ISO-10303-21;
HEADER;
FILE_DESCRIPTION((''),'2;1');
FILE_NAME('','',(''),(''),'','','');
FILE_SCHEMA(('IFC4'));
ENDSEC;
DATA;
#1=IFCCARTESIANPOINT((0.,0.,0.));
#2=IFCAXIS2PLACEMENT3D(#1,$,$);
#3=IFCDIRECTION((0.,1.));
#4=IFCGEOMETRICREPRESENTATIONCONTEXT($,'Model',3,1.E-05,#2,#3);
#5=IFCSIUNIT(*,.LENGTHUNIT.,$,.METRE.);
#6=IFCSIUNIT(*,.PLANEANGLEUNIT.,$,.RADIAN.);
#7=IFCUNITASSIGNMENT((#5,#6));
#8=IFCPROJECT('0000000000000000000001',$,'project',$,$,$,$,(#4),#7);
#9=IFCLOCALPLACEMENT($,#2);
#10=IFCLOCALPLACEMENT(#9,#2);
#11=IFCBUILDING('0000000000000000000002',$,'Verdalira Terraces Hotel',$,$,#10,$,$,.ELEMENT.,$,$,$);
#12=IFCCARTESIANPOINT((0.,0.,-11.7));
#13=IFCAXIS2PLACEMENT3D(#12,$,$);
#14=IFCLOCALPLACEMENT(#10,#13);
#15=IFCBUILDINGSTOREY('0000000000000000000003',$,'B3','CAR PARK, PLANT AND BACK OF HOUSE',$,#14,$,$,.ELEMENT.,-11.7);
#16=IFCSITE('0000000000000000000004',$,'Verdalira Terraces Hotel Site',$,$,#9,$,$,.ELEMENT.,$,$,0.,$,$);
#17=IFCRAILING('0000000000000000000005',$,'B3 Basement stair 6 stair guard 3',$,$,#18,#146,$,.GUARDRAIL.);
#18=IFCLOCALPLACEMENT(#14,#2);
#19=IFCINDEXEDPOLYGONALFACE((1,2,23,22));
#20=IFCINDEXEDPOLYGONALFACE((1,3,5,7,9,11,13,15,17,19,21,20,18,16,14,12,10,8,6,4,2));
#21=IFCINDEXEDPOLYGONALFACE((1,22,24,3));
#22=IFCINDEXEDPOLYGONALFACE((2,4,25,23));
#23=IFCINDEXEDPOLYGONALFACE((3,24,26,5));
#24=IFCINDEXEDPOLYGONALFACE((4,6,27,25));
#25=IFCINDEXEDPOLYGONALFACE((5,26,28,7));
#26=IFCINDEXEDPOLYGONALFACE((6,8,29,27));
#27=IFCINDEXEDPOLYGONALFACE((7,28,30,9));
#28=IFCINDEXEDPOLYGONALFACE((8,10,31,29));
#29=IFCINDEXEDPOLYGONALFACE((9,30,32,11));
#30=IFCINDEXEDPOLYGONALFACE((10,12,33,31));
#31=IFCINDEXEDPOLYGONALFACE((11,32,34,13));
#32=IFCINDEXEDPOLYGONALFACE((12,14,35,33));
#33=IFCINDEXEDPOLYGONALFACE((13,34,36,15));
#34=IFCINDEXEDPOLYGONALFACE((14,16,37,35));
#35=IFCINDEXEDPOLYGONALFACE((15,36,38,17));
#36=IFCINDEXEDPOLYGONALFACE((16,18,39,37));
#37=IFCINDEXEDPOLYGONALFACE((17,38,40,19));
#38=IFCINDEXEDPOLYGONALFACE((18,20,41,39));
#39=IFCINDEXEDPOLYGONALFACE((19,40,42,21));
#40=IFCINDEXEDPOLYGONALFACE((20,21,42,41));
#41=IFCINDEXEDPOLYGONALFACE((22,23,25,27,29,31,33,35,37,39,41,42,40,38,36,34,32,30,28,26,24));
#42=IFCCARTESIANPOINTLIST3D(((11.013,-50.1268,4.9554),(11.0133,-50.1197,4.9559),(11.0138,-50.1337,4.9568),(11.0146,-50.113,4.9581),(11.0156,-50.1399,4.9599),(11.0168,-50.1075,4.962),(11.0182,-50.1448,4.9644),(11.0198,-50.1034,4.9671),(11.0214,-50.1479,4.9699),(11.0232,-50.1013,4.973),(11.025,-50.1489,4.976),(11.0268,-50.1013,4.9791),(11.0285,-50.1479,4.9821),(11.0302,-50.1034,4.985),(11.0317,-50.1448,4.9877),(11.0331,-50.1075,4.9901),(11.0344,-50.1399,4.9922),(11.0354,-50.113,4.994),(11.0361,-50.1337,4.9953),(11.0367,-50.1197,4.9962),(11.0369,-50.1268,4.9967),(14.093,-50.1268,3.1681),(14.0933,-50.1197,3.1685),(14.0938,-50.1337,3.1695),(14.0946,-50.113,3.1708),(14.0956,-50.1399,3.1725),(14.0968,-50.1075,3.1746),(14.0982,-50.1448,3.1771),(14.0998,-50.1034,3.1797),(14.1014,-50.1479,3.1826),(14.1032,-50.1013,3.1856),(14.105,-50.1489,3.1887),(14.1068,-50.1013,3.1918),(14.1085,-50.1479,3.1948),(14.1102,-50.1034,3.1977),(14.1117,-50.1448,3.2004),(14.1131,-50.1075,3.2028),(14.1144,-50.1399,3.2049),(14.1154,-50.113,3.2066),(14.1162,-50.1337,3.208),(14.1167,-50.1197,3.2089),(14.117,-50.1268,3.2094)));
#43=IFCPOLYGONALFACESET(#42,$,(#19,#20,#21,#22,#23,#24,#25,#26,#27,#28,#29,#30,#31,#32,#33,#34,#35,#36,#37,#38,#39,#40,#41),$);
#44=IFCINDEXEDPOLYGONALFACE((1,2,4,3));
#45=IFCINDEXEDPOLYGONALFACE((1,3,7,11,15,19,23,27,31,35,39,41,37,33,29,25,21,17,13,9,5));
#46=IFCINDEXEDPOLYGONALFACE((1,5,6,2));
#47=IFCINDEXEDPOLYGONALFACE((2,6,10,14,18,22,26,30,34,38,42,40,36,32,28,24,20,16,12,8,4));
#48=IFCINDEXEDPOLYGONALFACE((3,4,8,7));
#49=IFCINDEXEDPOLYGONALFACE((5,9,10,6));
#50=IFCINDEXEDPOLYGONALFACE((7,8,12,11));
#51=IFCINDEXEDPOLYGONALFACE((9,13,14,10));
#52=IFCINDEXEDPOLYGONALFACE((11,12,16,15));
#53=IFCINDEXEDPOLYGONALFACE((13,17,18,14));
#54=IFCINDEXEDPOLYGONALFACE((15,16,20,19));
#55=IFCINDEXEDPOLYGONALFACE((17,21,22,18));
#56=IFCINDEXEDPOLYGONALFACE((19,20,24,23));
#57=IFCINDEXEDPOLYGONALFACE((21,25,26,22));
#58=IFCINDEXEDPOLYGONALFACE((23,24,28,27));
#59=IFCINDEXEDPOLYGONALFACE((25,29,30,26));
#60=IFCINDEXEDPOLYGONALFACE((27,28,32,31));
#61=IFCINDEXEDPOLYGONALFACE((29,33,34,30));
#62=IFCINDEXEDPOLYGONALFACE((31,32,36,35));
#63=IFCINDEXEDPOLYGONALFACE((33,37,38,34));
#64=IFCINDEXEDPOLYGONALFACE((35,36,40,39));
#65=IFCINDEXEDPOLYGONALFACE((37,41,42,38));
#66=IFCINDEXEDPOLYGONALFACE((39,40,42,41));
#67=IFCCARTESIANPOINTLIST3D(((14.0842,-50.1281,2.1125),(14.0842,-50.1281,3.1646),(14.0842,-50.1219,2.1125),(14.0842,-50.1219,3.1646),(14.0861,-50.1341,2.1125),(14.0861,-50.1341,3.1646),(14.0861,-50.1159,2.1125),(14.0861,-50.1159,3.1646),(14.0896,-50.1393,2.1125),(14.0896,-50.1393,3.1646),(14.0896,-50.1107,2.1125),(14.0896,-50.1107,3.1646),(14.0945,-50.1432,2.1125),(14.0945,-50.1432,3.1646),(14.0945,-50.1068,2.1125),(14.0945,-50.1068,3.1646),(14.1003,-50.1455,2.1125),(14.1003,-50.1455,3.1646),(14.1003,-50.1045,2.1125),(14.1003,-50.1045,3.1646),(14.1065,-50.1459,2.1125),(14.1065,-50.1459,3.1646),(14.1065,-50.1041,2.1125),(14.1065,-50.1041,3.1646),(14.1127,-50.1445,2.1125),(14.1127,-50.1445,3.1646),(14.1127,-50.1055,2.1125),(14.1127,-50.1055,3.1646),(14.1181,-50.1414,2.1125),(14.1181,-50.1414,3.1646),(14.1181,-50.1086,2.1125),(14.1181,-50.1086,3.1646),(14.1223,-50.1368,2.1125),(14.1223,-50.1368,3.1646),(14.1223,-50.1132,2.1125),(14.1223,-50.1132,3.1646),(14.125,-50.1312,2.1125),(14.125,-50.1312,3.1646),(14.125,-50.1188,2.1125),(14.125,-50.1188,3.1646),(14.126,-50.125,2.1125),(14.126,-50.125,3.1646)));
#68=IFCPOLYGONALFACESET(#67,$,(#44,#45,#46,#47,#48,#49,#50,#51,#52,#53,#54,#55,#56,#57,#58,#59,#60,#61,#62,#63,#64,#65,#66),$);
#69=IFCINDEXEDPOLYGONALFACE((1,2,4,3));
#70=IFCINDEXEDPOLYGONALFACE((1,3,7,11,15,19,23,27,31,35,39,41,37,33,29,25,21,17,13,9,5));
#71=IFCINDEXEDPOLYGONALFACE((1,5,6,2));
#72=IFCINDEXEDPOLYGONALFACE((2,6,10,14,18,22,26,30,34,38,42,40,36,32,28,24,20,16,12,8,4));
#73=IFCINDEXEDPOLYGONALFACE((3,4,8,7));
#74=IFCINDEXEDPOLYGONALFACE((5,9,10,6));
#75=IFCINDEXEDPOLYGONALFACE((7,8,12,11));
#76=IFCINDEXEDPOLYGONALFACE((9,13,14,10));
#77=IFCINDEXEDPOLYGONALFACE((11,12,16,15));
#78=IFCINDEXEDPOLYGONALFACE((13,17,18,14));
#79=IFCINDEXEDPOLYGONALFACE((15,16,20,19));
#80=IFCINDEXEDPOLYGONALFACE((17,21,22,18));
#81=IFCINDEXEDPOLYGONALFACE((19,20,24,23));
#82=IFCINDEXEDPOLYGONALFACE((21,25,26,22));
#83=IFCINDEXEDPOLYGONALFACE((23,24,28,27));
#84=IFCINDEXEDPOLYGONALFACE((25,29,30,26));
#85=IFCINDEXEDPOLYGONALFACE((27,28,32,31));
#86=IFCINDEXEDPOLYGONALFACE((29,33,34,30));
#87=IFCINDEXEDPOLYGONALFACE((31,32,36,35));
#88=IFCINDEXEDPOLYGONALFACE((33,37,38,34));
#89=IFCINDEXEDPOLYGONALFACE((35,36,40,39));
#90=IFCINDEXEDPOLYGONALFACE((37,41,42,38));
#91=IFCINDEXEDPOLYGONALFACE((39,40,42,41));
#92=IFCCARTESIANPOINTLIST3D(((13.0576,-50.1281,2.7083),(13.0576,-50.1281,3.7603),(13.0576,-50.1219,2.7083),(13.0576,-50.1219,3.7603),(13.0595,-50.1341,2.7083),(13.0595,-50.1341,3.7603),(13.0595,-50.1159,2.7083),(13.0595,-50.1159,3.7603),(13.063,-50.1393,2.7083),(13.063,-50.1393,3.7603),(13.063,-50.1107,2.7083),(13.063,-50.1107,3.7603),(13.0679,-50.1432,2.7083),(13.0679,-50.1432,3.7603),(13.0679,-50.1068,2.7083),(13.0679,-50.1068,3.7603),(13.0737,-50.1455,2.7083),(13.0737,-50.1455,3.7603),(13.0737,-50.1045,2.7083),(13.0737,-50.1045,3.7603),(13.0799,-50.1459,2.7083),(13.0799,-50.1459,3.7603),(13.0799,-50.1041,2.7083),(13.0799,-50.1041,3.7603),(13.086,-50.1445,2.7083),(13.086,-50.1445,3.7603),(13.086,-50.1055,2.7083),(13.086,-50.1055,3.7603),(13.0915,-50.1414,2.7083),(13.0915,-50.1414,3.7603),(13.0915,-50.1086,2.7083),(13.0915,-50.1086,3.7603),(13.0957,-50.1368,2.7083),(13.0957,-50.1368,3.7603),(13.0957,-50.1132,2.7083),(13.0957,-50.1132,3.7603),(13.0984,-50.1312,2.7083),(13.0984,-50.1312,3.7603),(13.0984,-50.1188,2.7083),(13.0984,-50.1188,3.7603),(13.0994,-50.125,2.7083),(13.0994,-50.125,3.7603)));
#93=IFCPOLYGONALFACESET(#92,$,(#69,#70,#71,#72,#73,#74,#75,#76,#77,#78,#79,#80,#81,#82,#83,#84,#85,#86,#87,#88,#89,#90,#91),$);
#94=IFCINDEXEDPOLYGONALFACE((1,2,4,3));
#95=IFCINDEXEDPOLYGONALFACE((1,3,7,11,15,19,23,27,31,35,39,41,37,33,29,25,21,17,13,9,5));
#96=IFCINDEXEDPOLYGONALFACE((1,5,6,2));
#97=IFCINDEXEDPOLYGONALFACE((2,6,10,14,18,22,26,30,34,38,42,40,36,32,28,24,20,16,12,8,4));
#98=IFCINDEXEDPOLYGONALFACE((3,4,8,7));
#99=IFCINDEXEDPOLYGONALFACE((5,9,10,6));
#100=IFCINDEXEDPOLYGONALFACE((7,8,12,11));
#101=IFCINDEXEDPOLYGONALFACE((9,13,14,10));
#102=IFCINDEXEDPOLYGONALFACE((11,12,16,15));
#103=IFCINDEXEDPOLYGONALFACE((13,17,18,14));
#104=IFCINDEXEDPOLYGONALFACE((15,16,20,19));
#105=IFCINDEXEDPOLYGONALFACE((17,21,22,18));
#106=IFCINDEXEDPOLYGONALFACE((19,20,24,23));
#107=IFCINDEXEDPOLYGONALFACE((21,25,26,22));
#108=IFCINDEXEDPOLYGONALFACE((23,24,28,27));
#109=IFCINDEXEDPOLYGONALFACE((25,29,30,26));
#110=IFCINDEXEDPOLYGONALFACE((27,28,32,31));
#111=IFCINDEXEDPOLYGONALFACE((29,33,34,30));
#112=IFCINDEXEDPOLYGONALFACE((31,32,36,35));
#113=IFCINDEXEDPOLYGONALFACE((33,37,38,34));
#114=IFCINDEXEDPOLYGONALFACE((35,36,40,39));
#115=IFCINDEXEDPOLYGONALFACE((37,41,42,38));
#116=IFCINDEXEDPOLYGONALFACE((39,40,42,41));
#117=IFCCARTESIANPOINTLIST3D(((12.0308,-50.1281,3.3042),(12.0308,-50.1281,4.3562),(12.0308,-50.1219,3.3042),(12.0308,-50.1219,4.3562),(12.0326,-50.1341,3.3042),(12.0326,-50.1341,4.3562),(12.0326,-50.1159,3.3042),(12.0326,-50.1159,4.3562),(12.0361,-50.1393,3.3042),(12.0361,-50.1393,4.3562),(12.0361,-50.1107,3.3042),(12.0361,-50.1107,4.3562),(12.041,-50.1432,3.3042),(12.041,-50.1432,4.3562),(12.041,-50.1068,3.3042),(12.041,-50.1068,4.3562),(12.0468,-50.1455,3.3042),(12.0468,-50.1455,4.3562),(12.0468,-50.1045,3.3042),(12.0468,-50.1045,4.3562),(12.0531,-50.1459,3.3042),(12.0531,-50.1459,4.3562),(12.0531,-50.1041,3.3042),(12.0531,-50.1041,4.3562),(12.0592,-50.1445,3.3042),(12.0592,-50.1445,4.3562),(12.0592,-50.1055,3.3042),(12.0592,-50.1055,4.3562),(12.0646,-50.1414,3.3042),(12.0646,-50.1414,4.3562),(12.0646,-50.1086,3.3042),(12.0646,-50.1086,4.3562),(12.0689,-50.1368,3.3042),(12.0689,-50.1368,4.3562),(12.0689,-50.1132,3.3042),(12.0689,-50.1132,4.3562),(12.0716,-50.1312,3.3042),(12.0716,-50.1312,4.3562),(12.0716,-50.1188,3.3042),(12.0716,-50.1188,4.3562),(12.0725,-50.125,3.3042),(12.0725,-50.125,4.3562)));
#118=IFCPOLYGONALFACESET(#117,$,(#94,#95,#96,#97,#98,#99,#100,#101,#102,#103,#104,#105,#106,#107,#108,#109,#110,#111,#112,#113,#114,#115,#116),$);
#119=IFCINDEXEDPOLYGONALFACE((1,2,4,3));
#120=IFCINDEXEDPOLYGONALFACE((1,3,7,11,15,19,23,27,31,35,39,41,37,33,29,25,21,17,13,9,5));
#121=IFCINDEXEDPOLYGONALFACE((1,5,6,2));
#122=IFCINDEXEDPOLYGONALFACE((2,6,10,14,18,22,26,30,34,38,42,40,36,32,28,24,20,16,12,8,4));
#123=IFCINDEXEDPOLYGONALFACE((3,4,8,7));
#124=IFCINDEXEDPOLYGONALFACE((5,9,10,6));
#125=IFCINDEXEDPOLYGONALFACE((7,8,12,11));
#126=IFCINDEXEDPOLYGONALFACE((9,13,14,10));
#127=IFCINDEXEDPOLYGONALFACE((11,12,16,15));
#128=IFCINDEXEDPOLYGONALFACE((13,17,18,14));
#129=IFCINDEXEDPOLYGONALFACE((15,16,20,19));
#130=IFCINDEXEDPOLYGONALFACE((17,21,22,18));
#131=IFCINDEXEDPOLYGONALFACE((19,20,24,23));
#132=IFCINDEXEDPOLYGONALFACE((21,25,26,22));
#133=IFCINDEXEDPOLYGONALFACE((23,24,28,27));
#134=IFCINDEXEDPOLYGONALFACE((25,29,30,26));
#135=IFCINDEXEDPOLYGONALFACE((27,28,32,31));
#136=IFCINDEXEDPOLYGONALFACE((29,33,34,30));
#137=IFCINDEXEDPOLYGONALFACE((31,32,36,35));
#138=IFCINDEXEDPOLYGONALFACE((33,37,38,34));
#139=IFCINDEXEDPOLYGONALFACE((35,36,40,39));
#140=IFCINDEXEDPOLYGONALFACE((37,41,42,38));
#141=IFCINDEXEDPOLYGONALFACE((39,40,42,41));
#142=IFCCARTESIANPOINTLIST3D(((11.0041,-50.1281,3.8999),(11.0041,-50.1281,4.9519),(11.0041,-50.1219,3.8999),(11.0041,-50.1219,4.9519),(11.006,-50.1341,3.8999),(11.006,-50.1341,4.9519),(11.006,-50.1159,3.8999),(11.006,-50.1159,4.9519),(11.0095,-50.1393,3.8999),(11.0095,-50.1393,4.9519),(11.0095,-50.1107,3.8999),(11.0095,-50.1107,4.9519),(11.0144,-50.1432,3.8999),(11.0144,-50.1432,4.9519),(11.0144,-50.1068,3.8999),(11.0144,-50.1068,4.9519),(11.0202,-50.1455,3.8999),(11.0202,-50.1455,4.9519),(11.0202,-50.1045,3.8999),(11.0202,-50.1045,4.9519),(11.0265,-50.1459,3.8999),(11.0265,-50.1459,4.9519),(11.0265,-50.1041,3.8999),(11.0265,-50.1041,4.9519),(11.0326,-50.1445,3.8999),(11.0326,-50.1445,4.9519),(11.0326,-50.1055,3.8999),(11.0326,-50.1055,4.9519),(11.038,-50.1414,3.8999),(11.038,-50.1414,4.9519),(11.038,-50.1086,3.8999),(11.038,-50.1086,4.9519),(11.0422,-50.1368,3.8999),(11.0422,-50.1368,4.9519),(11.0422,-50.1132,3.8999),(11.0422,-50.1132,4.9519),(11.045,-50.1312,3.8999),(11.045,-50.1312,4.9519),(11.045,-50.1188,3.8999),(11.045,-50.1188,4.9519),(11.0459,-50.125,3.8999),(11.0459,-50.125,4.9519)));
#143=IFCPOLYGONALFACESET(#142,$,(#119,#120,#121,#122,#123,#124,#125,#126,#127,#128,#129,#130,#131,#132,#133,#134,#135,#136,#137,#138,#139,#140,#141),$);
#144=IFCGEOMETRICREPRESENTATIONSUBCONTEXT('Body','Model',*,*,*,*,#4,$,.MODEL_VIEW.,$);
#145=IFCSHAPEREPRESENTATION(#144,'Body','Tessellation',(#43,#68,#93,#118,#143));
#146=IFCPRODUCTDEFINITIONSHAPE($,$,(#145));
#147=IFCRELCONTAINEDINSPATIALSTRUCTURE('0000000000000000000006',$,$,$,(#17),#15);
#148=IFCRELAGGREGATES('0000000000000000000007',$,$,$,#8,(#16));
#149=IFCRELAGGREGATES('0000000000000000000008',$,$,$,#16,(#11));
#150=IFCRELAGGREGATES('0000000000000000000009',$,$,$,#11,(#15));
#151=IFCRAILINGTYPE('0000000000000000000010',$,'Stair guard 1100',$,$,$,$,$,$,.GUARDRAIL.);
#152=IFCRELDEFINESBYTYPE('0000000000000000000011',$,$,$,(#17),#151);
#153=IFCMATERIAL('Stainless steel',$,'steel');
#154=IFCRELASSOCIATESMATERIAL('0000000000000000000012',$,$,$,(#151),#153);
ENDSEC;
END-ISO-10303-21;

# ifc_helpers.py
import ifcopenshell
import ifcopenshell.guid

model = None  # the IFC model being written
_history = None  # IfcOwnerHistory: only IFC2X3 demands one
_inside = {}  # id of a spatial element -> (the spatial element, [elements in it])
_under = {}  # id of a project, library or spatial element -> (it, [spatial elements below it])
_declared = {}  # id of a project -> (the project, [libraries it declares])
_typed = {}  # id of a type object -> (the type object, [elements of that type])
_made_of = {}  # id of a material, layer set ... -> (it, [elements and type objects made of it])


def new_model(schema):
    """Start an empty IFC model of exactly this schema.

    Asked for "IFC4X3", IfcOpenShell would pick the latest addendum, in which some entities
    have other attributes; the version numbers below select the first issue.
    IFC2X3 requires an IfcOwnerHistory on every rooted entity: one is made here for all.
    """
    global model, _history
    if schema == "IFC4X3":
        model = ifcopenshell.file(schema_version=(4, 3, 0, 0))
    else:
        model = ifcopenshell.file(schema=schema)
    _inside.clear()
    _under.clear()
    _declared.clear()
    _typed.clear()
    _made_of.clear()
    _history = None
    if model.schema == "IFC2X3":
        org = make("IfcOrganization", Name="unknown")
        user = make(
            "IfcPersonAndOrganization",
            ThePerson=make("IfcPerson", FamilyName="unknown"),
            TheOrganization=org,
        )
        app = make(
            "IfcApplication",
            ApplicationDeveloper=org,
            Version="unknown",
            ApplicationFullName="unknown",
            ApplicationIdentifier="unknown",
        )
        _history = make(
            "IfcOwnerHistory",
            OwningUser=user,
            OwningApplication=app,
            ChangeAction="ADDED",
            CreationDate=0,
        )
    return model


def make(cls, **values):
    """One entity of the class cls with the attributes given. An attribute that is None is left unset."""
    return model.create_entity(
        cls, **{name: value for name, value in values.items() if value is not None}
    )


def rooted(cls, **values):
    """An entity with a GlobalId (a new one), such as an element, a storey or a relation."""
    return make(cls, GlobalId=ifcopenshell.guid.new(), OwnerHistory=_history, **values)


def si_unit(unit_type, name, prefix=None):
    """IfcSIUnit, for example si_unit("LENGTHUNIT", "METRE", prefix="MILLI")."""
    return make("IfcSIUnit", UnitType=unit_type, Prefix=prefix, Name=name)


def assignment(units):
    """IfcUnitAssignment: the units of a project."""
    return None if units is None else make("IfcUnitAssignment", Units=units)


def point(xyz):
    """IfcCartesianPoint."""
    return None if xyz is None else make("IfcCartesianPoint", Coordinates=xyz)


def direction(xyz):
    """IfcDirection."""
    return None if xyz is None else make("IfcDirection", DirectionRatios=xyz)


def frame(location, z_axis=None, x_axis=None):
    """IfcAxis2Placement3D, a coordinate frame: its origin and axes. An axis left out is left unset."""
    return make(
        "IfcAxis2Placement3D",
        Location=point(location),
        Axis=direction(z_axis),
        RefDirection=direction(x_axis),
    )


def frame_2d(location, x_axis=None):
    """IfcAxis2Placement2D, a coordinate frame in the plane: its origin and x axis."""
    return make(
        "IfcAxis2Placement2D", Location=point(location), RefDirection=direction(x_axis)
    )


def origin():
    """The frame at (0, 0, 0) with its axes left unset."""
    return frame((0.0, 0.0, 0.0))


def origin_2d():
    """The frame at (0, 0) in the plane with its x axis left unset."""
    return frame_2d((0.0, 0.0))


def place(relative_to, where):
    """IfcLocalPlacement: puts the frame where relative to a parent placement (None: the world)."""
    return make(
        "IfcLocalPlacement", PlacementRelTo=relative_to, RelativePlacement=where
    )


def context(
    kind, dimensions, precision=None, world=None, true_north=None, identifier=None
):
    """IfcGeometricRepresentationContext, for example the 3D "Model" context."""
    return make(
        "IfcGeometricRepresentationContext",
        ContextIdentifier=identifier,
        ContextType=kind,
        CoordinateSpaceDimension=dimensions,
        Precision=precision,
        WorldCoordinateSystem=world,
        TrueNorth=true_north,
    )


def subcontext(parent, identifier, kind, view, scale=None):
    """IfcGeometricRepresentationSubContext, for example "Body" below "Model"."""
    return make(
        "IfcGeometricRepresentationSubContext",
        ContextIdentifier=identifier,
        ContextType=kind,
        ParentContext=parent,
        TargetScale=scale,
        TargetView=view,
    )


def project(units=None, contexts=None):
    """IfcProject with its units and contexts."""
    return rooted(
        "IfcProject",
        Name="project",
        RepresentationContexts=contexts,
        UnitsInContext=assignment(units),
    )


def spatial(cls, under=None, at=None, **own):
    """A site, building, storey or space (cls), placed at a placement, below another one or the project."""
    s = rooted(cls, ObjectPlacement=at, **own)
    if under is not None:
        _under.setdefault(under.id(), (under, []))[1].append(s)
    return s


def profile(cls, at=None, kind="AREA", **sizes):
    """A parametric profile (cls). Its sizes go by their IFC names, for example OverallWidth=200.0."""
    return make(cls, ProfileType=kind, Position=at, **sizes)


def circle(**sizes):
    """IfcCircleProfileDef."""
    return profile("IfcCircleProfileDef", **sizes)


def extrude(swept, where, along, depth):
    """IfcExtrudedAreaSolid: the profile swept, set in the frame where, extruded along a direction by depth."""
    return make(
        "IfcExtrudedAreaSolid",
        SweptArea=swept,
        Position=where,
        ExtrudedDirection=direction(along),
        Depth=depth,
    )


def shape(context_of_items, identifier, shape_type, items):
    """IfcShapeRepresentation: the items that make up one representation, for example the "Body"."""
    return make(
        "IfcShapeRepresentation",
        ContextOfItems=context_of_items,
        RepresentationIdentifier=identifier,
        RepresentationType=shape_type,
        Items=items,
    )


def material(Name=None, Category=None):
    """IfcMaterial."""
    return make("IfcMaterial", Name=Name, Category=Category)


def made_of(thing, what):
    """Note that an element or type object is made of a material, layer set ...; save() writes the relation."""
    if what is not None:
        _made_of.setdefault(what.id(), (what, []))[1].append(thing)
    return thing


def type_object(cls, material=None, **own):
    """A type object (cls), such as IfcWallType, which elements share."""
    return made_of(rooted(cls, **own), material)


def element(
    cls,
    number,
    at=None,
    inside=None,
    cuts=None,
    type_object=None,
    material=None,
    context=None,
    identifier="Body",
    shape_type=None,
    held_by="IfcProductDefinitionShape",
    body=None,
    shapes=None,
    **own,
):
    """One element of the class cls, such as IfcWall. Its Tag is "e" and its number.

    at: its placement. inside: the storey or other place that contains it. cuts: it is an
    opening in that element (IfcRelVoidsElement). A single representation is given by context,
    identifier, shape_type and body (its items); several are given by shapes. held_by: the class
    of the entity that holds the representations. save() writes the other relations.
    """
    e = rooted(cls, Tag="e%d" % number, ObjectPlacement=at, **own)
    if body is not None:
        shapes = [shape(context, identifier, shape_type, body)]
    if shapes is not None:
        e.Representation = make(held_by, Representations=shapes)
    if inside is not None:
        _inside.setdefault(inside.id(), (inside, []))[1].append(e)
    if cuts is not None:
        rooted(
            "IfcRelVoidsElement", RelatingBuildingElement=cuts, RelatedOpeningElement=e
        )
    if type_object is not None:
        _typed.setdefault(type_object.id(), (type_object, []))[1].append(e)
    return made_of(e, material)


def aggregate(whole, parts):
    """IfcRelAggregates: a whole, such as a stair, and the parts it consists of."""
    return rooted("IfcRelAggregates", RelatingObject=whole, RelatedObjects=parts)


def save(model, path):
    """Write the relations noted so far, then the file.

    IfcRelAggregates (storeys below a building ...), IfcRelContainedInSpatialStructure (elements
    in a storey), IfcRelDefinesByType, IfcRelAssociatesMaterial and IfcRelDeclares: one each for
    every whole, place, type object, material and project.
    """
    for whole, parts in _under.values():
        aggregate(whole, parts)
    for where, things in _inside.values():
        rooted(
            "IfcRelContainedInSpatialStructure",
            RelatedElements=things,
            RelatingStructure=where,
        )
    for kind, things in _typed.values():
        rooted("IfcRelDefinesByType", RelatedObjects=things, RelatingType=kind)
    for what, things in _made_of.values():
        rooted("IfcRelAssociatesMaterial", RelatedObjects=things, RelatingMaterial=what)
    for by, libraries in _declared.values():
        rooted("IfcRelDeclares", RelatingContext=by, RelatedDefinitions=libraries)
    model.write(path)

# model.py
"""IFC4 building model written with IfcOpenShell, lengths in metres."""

from ifc_helpers import new_model, si_unit, direction, frame, origin, origin_2d, place, context, subcontext, project, spatial, circle, extrude, material, type_object, element, save


model = new_model("IFC4")

# Units and contexts
model_context = context("Model", 3, precision=1e-05, world=origin(), true_north=direction((0.0, 1.0)))
body_context = subcontext(model_context, "Body", "Model", "MODEL_VIEW")
ifc_project = project(units=[si_unit("LENGTHUNIT", "METRE"), si_unit("PLANEANGLEUNIT", "RADIAN")], contexts=[model_context])

# Site, building, storey
site_placement = place(None, origin())
site = spatial("IfcSite", under=ifc_project, at=site_placement, Name="Verdalira Terraces Hotel Site", CompositionType="ELEMENT", RefElevation=0.0)
building_placement = place(site_placement, origin())
building = spatial("IfcBuilding", under=site, at=building_placement, Name="Verdalira Terraces Hotel", CompositionType="ELEMENT")
storey_placement = place(building_placement, frame((0.0, 0.0, -11.7)))
storey = spatial("IfcBuildingStorey", under=building, at=storey_placement, Name="B3", Description="CAR PARK, PLANT AND BACK OF HOUSE", CompositionType="ELEMENT", Elevation=-11.7)

# Railing
ifc_material_1 = material(Name="Stainless steel", Category="steel")
railing_type_1 = type_object("IfcRailingType", Name="Stair guard 1100", PredefinedType="GUARDRAIL", material=ifc_material_1)
railing_1_placement = place(storey_placement, frame((14.105, -50.125, 2.1125)))
element("IfcRailing", 1, at=railing_1_placement, inside=storey, type_object=railing_type_1, Name="B3 Basement stair 6 stair guard 3", PredefinedType="GUARDRAIL", context=body_context, shape_type="SweptSolid", body=[
    extrude(circle(Radius=0.0239, at=origin_2d()), frame((0.0, 0.0, 1.0762), z_axis=(-0.86492, 0.0, 0.501909), x_axis=(0.0, -1.0, 0.0)), (0.0, 0.0, 1.0), 3.561),
    extrude(circle(Radius=0.021, at=origin_2d()), origin(), (0.0, 0.0, 1.0), 1.052),
    extrude(circle(Radius=0.021, at=origin_2d()), frame((-1.0266, 0.0, 0.5957)), (0.0, 0.0, 1.0), 1.052),
    extrude(circle(Radius=0.021, at=origin_2d()), frame((-2.0535, 0.0, 1.1917)), (0.0, 0.0, 1.0), 1.052),
    extrude(circle(Radius=0.021, at=origin_2d()), frame((-3.0801, 0.0, 1.7874)), (0.0, 0.0, 1.0), 1.052),
])

save(model, "model.ifc")
